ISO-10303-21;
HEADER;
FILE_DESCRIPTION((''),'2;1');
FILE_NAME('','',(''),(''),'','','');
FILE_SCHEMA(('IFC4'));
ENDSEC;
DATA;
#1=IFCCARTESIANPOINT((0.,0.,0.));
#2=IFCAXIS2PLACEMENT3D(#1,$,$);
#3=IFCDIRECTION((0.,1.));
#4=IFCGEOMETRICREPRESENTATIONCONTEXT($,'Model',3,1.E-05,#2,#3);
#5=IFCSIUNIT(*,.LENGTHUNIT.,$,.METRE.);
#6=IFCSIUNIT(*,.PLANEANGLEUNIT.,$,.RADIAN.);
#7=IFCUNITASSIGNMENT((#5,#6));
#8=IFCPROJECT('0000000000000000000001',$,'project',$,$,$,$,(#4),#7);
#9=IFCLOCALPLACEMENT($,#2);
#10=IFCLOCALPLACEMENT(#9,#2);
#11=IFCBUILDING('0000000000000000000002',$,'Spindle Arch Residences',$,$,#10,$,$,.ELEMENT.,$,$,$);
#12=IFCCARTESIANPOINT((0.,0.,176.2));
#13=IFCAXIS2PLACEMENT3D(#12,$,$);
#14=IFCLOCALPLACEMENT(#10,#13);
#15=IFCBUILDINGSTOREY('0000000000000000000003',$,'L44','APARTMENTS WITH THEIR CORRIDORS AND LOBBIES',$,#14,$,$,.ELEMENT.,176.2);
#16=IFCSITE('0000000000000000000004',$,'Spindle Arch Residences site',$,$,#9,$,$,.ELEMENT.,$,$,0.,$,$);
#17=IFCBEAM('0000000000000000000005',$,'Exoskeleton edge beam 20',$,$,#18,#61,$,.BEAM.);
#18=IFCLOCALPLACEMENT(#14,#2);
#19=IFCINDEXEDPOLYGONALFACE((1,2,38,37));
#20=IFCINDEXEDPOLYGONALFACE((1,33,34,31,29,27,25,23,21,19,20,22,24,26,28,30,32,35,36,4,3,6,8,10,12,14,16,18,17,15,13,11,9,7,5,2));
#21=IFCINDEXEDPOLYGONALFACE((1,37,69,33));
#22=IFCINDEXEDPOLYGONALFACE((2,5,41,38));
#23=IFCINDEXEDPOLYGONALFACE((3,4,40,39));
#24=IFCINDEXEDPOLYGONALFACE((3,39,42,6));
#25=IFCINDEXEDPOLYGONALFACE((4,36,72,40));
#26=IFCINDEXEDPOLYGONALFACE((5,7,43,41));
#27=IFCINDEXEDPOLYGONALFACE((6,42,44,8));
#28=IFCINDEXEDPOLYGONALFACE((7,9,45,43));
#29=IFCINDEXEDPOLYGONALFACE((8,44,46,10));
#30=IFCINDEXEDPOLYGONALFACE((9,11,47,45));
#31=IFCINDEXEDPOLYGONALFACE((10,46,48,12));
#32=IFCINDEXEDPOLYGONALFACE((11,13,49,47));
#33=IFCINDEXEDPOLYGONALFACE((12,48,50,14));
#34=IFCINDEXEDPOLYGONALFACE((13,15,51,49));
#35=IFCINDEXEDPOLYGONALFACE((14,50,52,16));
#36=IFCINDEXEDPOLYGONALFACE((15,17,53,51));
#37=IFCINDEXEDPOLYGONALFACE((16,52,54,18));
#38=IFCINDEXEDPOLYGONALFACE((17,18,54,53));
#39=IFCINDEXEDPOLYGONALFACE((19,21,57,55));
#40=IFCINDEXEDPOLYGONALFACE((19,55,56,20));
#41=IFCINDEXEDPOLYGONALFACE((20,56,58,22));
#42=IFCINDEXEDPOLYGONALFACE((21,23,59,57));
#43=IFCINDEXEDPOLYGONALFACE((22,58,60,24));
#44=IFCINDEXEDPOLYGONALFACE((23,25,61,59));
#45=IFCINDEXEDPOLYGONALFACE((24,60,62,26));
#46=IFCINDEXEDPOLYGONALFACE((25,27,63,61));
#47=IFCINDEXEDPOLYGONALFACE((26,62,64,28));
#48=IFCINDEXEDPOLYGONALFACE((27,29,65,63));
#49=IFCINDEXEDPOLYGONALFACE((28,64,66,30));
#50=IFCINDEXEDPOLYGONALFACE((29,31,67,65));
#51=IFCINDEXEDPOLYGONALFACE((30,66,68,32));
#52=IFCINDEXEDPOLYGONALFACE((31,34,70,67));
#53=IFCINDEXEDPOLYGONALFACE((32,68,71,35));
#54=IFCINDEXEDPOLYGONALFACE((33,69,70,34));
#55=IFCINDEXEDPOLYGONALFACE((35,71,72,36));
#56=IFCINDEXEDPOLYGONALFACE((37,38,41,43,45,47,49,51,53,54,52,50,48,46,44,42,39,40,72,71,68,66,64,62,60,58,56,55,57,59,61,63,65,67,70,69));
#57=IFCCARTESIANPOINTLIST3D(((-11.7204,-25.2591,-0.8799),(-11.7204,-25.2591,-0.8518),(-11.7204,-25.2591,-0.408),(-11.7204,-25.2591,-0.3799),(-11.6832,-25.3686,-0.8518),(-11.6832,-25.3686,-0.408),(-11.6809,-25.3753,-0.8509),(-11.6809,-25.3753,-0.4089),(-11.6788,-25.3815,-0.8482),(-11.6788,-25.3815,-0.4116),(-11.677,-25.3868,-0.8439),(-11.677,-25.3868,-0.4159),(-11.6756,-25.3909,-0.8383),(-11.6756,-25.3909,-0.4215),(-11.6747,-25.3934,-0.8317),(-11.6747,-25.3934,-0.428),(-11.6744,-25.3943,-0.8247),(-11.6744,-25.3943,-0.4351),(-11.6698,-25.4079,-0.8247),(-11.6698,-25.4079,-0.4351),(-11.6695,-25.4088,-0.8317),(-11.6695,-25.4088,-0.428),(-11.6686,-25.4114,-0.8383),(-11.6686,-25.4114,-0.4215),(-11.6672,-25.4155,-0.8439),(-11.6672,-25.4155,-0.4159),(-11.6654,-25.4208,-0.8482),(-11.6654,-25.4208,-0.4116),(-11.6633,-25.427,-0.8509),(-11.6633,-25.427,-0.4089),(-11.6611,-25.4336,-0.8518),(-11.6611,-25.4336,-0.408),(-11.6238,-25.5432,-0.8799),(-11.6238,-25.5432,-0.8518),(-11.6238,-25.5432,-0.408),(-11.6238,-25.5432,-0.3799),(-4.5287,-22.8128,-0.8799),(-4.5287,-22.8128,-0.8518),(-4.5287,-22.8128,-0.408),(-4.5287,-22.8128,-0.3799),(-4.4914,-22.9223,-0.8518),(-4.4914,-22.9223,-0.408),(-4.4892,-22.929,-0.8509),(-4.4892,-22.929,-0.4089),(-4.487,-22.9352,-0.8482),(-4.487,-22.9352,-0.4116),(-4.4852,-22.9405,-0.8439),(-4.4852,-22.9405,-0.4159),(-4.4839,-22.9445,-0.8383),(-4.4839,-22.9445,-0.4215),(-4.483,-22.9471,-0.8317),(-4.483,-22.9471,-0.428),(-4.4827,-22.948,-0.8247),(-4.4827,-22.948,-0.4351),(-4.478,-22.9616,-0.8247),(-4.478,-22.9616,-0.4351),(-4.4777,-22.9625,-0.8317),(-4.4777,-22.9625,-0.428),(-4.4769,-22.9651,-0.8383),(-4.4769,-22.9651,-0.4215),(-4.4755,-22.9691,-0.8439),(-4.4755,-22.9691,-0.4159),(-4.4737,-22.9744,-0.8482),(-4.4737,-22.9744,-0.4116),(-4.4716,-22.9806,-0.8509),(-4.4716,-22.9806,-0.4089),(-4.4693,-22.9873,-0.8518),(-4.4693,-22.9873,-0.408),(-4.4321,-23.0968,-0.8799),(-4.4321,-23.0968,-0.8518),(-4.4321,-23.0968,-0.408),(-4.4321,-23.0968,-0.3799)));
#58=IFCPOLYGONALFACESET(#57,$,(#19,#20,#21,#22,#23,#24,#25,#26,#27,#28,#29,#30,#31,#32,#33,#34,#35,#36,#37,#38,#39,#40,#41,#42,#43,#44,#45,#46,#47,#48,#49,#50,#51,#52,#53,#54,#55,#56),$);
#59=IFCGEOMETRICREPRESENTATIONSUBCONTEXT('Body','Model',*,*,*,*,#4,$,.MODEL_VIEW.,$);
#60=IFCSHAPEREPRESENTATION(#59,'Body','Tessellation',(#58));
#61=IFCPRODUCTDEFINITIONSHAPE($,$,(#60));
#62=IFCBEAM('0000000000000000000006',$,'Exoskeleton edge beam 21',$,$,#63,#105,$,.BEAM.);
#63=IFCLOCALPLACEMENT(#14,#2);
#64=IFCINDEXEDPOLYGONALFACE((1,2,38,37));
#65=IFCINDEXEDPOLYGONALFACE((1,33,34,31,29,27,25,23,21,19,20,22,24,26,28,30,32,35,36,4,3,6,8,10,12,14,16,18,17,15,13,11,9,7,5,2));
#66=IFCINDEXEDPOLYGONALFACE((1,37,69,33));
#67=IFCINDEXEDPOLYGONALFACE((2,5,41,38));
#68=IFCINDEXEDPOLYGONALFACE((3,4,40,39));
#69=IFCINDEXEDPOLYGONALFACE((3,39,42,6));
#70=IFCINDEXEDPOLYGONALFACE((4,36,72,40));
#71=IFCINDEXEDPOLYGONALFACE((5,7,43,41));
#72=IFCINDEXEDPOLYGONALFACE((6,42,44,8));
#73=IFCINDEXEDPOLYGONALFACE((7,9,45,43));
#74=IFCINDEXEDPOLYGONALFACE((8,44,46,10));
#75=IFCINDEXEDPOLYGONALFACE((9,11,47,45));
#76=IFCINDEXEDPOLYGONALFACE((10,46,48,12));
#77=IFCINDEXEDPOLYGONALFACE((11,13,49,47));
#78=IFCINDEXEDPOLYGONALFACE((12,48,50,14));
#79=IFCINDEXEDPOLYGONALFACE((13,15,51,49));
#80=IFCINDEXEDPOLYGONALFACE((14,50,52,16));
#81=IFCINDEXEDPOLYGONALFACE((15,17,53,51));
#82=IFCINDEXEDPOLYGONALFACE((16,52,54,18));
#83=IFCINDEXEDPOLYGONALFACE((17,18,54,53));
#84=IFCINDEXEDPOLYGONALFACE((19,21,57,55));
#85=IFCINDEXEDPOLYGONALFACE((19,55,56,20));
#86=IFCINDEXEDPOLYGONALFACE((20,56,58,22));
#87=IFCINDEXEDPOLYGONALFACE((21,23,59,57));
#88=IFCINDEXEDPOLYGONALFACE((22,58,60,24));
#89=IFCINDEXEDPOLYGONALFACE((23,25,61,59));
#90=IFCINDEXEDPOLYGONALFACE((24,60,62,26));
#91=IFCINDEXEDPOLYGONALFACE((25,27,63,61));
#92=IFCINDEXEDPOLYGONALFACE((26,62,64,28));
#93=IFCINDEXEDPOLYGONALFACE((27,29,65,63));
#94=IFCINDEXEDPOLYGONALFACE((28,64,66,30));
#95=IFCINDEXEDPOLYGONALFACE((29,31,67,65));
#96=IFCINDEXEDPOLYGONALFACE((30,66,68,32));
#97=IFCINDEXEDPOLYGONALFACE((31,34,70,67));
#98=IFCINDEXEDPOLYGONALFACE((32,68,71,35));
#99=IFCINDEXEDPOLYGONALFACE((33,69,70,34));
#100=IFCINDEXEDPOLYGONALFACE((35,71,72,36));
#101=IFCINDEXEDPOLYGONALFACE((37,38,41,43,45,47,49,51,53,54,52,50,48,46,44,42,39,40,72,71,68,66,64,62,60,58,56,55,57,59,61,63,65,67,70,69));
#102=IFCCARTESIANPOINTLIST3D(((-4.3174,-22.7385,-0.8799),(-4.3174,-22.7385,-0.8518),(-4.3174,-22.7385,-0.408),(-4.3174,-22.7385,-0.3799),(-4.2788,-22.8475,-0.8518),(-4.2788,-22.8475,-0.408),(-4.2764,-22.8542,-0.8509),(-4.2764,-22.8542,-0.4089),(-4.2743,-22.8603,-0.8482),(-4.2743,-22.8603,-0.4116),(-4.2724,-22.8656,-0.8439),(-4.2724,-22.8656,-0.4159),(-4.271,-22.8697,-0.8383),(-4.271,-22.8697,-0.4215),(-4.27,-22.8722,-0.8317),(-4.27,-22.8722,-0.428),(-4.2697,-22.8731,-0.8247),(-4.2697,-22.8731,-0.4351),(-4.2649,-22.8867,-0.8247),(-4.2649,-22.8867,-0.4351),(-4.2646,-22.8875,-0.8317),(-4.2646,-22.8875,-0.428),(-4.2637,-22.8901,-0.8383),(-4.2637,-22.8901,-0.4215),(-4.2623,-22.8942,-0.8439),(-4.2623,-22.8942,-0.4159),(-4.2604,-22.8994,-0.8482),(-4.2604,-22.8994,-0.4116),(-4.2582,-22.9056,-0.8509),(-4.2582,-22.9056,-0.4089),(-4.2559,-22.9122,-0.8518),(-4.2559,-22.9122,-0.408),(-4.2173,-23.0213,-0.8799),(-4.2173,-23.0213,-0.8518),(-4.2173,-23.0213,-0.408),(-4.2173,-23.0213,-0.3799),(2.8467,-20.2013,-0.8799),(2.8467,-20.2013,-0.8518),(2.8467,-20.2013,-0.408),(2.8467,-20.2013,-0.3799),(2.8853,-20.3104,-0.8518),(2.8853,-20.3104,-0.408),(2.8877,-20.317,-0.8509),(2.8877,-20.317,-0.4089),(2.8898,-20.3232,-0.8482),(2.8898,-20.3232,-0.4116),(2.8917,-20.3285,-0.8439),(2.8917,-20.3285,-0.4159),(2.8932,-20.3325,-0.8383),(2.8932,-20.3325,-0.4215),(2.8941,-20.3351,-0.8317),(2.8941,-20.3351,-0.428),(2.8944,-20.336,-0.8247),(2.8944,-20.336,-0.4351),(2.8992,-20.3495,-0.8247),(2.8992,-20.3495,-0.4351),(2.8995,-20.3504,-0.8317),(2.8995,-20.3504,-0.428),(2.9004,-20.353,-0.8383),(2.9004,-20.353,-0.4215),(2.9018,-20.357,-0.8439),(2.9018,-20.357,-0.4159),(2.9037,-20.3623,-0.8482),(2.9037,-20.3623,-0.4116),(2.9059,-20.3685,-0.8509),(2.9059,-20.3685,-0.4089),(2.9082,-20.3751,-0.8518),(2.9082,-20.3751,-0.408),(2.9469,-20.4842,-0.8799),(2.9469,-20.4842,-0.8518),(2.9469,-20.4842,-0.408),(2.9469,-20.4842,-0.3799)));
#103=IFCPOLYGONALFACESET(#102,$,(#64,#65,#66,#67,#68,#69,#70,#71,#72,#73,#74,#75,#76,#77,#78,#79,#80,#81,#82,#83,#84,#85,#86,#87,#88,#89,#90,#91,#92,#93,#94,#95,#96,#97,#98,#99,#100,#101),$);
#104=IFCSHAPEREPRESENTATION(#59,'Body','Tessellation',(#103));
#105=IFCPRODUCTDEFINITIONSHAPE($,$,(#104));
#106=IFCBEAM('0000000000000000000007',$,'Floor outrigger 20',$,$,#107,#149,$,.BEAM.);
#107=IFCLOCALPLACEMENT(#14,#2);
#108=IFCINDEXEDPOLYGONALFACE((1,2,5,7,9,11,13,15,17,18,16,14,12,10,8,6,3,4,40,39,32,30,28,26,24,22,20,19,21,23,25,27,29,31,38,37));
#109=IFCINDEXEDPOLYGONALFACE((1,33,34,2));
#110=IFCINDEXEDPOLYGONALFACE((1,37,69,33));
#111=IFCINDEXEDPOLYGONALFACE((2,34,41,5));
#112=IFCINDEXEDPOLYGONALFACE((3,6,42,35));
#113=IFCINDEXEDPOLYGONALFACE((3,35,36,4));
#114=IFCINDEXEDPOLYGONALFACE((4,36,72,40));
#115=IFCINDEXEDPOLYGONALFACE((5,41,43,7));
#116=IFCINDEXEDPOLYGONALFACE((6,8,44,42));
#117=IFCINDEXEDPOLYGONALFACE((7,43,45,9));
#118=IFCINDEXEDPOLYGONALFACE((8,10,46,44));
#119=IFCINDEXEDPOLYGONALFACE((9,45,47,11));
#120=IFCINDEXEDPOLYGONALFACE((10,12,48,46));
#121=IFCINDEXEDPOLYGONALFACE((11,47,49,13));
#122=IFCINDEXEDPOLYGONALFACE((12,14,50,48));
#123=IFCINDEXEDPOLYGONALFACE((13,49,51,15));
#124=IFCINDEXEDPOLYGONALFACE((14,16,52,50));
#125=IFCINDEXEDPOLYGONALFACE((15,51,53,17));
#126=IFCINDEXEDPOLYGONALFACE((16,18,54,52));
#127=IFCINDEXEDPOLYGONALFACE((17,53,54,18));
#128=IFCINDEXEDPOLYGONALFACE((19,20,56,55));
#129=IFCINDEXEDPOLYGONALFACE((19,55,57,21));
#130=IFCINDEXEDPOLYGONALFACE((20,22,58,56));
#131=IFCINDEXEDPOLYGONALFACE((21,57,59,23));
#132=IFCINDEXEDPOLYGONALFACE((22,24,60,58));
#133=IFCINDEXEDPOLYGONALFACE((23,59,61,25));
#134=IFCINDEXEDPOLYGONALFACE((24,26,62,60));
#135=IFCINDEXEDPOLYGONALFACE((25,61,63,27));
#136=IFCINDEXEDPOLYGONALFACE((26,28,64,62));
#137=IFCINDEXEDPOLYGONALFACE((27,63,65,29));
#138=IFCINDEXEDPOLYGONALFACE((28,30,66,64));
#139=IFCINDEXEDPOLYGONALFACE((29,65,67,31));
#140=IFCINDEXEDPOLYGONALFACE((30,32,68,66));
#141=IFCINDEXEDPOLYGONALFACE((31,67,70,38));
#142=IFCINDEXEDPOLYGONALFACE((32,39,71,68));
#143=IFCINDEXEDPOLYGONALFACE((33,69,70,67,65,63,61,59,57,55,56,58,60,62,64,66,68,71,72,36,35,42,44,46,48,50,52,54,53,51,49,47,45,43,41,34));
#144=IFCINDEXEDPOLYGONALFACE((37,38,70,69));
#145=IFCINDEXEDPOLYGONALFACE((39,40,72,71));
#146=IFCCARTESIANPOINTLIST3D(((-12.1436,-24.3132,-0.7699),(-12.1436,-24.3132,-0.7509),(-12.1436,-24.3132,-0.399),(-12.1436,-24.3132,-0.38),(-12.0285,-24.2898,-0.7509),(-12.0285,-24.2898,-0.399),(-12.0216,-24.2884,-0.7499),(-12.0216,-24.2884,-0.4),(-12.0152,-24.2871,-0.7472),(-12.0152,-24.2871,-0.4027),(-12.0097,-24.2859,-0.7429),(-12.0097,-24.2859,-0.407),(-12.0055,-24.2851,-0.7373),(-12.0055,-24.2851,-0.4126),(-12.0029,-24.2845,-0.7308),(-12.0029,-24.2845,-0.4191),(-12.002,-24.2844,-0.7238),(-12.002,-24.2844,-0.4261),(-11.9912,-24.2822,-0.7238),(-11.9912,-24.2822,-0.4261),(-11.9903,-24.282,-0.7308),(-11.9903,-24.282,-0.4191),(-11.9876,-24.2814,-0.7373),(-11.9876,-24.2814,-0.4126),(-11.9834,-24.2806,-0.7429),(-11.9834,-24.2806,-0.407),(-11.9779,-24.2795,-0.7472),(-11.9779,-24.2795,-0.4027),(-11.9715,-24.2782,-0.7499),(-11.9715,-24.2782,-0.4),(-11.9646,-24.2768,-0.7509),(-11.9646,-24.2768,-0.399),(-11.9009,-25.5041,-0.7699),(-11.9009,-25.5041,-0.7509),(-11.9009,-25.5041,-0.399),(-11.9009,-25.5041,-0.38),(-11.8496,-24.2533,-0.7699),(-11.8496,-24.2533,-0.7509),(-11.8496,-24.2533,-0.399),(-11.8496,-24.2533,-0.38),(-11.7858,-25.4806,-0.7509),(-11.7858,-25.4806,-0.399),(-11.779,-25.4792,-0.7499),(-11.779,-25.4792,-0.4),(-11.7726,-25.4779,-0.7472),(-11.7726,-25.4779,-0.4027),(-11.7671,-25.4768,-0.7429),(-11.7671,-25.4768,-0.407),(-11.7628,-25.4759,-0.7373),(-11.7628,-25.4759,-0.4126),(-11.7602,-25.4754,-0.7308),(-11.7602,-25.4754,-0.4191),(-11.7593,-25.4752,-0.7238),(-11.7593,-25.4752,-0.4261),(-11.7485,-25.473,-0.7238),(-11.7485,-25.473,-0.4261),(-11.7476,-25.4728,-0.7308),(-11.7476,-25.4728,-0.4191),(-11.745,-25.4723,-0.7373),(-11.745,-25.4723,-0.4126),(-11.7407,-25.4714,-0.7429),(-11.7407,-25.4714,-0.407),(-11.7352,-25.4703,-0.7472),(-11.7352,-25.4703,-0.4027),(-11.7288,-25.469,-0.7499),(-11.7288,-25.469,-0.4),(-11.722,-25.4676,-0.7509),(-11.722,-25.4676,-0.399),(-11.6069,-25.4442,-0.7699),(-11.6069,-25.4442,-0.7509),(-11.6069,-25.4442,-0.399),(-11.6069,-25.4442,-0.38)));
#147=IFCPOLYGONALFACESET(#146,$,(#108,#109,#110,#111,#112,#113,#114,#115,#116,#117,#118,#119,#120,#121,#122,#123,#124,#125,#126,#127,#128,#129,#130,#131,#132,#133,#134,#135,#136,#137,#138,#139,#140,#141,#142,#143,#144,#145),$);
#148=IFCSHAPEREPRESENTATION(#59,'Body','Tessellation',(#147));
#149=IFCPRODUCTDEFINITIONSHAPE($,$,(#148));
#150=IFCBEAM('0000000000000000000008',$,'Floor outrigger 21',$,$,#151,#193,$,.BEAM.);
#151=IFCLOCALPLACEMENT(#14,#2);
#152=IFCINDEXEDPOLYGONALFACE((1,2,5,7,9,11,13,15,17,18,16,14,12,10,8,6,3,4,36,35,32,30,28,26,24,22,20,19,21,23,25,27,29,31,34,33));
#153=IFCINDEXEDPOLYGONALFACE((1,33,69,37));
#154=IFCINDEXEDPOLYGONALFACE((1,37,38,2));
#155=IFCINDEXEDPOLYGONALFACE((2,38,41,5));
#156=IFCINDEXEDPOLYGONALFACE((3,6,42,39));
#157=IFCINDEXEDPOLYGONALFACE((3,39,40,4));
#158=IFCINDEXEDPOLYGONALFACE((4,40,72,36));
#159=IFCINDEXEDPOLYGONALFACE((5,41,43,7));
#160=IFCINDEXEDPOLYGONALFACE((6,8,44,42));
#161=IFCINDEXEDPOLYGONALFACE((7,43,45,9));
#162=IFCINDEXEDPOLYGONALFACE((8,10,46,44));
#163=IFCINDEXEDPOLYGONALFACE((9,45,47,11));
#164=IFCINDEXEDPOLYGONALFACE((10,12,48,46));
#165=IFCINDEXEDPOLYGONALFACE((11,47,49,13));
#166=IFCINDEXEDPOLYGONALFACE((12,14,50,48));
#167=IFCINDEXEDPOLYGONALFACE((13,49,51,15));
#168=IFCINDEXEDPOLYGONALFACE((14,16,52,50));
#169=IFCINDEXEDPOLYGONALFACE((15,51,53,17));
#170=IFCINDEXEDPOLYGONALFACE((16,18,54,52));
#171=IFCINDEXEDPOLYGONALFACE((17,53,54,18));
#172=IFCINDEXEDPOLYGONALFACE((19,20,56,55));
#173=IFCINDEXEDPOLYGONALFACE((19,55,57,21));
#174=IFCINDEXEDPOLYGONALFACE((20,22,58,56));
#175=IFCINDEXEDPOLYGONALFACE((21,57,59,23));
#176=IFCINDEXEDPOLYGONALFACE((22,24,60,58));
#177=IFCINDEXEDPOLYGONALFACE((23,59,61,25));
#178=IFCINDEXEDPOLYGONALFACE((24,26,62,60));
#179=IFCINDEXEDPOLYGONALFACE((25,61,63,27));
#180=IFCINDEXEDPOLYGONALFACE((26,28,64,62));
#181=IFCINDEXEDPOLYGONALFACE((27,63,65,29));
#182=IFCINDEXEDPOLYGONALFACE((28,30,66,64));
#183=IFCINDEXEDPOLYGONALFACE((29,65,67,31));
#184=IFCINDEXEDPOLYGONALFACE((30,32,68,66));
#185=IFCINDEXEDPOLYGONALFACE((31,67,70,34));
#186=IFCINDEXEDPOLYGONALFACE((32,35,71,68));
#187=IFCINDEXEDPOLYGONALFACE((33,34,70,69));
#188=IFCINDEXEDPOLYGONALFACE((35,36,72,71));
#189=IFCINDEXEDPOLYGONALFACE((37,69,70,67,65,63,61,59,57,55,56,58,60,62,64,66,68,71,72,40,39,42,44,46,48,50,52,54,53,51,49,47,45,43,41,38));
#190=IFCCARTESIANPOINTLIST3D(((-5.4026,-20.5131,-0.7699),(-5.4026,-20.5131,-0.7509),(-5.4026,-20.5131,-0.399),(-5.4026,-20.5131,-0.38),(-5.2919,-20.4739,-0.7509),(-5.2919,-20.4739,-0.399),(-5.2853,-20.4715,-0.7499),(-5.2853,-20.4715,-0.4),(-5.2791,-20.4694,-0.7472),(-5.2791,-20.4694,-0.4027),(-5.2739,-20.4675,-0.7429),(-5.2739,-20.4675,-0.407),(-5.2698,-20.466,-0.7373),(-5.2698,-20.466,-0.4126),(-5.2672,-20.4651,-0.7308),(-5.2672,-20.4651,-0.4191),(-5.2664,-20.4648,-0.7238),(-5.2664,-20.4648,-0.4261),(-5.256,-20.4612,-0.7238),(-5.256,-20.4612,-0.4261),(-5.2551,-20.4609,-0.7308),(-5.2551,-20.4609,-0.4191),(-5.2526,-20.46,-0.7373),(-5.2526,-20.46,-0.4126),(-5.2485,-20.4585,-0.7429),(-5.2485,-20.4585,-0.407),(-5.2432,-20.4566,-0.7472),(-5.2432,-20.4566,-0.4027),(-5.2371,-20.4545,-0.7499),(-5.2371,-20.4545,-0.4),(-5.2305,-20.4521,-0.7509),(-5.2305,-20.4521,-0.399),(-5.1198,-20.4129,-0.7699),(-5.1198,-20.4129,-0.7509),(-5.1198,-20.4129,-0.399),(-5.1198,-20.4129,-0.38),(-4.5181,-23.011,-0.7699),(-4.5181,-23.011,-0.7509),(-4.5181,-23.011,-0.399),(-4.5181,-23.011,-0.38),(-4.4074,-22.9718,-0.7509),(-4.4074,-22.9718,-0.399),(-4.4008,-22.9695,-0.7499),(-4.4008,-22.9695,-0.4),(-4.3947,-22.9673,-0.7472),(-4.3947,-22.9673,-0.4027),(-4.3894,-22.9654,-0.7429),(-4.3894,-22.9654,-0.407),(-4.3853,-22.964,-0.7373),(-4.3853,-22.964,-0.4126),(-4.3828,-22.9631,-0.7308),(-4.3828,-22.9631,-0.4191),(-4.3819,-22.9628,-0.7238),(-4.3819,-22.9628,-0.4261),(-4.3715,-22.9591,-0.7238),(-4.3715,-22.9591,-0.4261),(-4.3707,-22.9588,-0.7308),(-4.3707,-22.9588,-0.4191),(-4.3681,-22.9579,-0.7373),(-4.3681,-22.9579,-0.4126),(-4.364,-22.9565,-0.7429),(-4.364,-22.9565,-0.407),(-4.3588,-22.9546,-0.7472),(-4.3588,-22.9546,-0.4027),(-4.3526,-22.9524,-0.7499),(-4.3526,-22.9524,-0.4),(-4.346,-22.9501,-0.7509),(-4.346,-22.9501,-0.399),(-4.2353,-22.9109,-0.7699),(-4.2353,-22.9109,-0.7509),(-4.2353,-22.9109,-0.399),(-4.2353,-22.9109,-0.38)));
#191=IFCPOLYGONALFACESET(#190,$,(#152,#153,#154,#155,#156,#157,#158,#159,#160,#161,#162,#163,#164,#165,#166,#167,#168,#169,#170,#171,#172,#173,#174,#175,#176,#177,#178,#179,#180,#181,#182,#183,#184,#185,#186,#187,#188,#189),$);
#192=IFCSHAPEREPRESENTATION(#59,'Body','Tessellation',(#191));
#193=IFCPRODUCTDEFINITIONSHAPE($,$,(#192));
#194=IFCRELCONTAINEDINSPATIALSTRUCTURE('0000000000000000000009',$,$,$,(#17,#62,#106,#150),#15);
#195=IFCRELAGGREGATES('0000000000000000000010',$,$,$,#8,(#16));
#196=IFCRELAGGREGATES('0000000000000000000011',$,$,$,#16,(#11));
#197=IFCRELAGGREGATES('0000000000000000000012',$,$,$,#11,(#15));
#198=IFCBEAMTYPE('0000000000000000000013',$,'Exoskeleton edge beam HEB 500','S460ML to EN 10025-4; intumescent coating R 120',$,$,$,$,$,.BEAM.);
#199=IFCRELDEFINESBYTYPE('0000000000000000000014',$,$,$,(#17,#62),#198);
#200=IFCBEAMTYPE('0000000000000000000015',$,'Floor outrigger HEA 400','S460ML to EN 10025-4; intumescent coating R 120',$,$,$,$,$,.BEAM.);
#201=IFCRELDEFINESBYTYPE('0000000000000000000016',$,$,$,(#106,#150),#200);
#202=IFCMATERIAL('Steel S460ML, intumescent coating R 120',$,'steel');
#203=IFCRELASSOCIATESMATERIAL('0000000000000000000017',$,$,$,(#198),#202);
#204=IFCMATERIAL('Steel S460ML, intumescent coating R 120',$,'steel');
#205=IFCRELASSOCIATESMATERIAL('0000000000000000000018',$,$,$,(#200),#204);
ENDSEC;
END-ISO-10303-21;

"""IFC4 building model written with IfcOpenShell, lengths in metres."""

from ifc_helpers import new_model, si_unit, direction, frame, origin, origin_2d, place, context, subcontext, project, spatial, i_section, extrude, material, material_profile, profile_set, type_object, element, save


model = new_model("IFC4")

# Units and contexts
model_context = context("Model", 3, precision=1e-05, world=origin(), true_north=direction((0.0, 1.0)))
body_context = subcontext(model_context, "Body", "Model", "MODEL_VIEW")
ifc_project = project(units=[si_unit("LENGTHUNIT", "METRE"), si_unit("PLANEANGLEUNIT", "RADIAN")], contexts=[model_context])

# Site, building, storey
site_placement = place(None, origin())
site = spatial("IfcSite", under=ifc_project, at=site_placement, Name="Spindle Arch Residences site", CompositionType="ELEMENT", RefElevation=0.0)
building_placement = place(site_placement, origin())
building = spatial("IfcBuilding", under=site, at=building_placement, Name="Spindle Arch Residences", CompositionType="ELEMENT")
storey_placement = place(building_placement, frame((0.0, 0.0, 176.2)))
storey = spatial("IfcBuildingStorey", under=building, at=storey_placement, Name="L44", Description="APARTMENTS WITH THEIR CORRIDORS AND LOBBIES", CompositionType="ELEMENT", Elevation=176.2)

# Beams
ifc_material_1 = material(Name="Steel S460ML, intumescent coating R 120", Category="steel")
ifc_material_profile_1 = material_profile(ifc_material_1, i_section(OverallWidth=0.3, OverallDepth=0.5, WebThickness=0.0144, FlangeThickness=0.0281, FilletRadius=0.0271, at=origin_2d()), Name="HEB 500")
ifc_profile_set_1 = profile_set([ifc_material_profile_1], Name="Steel S460ML, intumescent coating R 120")
beam_type_1 = type_object("IfcBeamType", Name="Exoskeleton edge beam HEB 500", Description="S460ML to EN 10025-4; intumescent coating R 120", PredefinedType="BEAM", material=ifc_profile_set_1)
beam_1_placement = place(storey_placement, frame((-11.6721, -25.4011, -0.6299), z_axis=(0.946727, 0.322036, 0.0), x_axis=(-0.322036, 0.946727, 0.0)))
element("IfcBeam", 1, at=beam_1_placement, inside=storey, type_object=beam_type_1, Name="Exoskeleton edge beam 20", PredefinedType="BEAM", context=body_context, shape_type="SweptSolid", body=[
    extrude(i_section(OverallWidth=0.3, OverallDepth=0.5, WebThickness=0.0144, FlangeThickness=0.0281, FilletRadius=0.0271, at=origin_2d()), origin(), (0.0, 0.0, 1.0), 7.5964),
])
beam_2_placement = place(storey_placement, frame((-4.2673, -22.8799, -0.6299), z_axis=(0.942634, 0.333828, 0.0), x_axis=(-0.333828, 0.942634, 0.0)))
element("IfcBeam", 2, at=beam_2_placement, inside=storey, type_object=beam_type_1, Name="Exoskeleton edge beam 21", PredefinedType="BEAM", context=body_context, shape_type="SweptSolid", body=[
    extrude(i_section(OverallWidth=0.3, OverallDepth=0.5, WebThickness=0.0144, FlangeThickness=0.0281, FilletRadius=0.0271, at=origin_2d()), origin(), (0.0, 0.0, 1.0), 7.6001),
])
ifc_material_2 = material(Name="Steel S460ML, intumescent coating R 120", Category="steel")
ifc_material_profile_2 = material_profile(ifc_material_2, i_section(OverallWidth=0.3, OverallDepth=0.3899, WebThickness=0.011, FlangeThickness=0.019, FilletRadius=0.0271, at=origin_2d()), Name="HEA 400")
ifc_profile_set_2 = profile_set([ifc_material_profile_2], Name="Steel S460ML, intumescent coating R 120")
beam_type_2 = type_object("IfcBeamType", Name="Floor outrigger HEA 400", Description="S460ML to EN 10025-4; intumescent coating R 120", PredefinedType="BEAM", material=ifc_profile_set_2)
beam_3_placement = place(storey_placement, frame((-11.7539, -25.4741, -0.575), z_axis=(-0.199669, 0.979863, 0.0), x_axis=(-0.979863, -0.199669, 0.0)))
element("IfcBeam", 3, at=beam_3_placement, inside=storey, type_object=beam_type_2, Name="Floor outrigger 20", PredefinedType="BEAM", context=body_context, shape_type="SweptSolid", body=[
    extrude(i_section(OverallWidth=0.3, OverallDepth=0.3899, WebThickness=0.011, FlangeThickness=0.019, FilletRadius=0.0271, at=origin_2d()), origin(), (0.0, 0.0, 1.0), 1.2153),
])
beam_4_placement = place(storey_placement, frame((-4.3767, -22.9609, -0.575), z_axis=(-0.333779, 0.942651, 0.0), x_axis=(-0.942651, -0.333779, 0.0)))
element("IfcBeam", 4, at=beam_4_placement, inside=storey, type_object=beam_type_2, Name="Floor outrigger 21", PredefinedType="BEAM", context=body_context, shape_type="SweptSolid", body=[
    extrude(i_section(OverallWidth=0.3, OverallDepth=0.3899, WebThickness=0.011, FlangeThickness=0.019, FilletRadius=0.0271, at=origin_2d()), origin(), (0.0, 0.0, 1.0), 2.6499),
])

save(model, "model.ifc")
